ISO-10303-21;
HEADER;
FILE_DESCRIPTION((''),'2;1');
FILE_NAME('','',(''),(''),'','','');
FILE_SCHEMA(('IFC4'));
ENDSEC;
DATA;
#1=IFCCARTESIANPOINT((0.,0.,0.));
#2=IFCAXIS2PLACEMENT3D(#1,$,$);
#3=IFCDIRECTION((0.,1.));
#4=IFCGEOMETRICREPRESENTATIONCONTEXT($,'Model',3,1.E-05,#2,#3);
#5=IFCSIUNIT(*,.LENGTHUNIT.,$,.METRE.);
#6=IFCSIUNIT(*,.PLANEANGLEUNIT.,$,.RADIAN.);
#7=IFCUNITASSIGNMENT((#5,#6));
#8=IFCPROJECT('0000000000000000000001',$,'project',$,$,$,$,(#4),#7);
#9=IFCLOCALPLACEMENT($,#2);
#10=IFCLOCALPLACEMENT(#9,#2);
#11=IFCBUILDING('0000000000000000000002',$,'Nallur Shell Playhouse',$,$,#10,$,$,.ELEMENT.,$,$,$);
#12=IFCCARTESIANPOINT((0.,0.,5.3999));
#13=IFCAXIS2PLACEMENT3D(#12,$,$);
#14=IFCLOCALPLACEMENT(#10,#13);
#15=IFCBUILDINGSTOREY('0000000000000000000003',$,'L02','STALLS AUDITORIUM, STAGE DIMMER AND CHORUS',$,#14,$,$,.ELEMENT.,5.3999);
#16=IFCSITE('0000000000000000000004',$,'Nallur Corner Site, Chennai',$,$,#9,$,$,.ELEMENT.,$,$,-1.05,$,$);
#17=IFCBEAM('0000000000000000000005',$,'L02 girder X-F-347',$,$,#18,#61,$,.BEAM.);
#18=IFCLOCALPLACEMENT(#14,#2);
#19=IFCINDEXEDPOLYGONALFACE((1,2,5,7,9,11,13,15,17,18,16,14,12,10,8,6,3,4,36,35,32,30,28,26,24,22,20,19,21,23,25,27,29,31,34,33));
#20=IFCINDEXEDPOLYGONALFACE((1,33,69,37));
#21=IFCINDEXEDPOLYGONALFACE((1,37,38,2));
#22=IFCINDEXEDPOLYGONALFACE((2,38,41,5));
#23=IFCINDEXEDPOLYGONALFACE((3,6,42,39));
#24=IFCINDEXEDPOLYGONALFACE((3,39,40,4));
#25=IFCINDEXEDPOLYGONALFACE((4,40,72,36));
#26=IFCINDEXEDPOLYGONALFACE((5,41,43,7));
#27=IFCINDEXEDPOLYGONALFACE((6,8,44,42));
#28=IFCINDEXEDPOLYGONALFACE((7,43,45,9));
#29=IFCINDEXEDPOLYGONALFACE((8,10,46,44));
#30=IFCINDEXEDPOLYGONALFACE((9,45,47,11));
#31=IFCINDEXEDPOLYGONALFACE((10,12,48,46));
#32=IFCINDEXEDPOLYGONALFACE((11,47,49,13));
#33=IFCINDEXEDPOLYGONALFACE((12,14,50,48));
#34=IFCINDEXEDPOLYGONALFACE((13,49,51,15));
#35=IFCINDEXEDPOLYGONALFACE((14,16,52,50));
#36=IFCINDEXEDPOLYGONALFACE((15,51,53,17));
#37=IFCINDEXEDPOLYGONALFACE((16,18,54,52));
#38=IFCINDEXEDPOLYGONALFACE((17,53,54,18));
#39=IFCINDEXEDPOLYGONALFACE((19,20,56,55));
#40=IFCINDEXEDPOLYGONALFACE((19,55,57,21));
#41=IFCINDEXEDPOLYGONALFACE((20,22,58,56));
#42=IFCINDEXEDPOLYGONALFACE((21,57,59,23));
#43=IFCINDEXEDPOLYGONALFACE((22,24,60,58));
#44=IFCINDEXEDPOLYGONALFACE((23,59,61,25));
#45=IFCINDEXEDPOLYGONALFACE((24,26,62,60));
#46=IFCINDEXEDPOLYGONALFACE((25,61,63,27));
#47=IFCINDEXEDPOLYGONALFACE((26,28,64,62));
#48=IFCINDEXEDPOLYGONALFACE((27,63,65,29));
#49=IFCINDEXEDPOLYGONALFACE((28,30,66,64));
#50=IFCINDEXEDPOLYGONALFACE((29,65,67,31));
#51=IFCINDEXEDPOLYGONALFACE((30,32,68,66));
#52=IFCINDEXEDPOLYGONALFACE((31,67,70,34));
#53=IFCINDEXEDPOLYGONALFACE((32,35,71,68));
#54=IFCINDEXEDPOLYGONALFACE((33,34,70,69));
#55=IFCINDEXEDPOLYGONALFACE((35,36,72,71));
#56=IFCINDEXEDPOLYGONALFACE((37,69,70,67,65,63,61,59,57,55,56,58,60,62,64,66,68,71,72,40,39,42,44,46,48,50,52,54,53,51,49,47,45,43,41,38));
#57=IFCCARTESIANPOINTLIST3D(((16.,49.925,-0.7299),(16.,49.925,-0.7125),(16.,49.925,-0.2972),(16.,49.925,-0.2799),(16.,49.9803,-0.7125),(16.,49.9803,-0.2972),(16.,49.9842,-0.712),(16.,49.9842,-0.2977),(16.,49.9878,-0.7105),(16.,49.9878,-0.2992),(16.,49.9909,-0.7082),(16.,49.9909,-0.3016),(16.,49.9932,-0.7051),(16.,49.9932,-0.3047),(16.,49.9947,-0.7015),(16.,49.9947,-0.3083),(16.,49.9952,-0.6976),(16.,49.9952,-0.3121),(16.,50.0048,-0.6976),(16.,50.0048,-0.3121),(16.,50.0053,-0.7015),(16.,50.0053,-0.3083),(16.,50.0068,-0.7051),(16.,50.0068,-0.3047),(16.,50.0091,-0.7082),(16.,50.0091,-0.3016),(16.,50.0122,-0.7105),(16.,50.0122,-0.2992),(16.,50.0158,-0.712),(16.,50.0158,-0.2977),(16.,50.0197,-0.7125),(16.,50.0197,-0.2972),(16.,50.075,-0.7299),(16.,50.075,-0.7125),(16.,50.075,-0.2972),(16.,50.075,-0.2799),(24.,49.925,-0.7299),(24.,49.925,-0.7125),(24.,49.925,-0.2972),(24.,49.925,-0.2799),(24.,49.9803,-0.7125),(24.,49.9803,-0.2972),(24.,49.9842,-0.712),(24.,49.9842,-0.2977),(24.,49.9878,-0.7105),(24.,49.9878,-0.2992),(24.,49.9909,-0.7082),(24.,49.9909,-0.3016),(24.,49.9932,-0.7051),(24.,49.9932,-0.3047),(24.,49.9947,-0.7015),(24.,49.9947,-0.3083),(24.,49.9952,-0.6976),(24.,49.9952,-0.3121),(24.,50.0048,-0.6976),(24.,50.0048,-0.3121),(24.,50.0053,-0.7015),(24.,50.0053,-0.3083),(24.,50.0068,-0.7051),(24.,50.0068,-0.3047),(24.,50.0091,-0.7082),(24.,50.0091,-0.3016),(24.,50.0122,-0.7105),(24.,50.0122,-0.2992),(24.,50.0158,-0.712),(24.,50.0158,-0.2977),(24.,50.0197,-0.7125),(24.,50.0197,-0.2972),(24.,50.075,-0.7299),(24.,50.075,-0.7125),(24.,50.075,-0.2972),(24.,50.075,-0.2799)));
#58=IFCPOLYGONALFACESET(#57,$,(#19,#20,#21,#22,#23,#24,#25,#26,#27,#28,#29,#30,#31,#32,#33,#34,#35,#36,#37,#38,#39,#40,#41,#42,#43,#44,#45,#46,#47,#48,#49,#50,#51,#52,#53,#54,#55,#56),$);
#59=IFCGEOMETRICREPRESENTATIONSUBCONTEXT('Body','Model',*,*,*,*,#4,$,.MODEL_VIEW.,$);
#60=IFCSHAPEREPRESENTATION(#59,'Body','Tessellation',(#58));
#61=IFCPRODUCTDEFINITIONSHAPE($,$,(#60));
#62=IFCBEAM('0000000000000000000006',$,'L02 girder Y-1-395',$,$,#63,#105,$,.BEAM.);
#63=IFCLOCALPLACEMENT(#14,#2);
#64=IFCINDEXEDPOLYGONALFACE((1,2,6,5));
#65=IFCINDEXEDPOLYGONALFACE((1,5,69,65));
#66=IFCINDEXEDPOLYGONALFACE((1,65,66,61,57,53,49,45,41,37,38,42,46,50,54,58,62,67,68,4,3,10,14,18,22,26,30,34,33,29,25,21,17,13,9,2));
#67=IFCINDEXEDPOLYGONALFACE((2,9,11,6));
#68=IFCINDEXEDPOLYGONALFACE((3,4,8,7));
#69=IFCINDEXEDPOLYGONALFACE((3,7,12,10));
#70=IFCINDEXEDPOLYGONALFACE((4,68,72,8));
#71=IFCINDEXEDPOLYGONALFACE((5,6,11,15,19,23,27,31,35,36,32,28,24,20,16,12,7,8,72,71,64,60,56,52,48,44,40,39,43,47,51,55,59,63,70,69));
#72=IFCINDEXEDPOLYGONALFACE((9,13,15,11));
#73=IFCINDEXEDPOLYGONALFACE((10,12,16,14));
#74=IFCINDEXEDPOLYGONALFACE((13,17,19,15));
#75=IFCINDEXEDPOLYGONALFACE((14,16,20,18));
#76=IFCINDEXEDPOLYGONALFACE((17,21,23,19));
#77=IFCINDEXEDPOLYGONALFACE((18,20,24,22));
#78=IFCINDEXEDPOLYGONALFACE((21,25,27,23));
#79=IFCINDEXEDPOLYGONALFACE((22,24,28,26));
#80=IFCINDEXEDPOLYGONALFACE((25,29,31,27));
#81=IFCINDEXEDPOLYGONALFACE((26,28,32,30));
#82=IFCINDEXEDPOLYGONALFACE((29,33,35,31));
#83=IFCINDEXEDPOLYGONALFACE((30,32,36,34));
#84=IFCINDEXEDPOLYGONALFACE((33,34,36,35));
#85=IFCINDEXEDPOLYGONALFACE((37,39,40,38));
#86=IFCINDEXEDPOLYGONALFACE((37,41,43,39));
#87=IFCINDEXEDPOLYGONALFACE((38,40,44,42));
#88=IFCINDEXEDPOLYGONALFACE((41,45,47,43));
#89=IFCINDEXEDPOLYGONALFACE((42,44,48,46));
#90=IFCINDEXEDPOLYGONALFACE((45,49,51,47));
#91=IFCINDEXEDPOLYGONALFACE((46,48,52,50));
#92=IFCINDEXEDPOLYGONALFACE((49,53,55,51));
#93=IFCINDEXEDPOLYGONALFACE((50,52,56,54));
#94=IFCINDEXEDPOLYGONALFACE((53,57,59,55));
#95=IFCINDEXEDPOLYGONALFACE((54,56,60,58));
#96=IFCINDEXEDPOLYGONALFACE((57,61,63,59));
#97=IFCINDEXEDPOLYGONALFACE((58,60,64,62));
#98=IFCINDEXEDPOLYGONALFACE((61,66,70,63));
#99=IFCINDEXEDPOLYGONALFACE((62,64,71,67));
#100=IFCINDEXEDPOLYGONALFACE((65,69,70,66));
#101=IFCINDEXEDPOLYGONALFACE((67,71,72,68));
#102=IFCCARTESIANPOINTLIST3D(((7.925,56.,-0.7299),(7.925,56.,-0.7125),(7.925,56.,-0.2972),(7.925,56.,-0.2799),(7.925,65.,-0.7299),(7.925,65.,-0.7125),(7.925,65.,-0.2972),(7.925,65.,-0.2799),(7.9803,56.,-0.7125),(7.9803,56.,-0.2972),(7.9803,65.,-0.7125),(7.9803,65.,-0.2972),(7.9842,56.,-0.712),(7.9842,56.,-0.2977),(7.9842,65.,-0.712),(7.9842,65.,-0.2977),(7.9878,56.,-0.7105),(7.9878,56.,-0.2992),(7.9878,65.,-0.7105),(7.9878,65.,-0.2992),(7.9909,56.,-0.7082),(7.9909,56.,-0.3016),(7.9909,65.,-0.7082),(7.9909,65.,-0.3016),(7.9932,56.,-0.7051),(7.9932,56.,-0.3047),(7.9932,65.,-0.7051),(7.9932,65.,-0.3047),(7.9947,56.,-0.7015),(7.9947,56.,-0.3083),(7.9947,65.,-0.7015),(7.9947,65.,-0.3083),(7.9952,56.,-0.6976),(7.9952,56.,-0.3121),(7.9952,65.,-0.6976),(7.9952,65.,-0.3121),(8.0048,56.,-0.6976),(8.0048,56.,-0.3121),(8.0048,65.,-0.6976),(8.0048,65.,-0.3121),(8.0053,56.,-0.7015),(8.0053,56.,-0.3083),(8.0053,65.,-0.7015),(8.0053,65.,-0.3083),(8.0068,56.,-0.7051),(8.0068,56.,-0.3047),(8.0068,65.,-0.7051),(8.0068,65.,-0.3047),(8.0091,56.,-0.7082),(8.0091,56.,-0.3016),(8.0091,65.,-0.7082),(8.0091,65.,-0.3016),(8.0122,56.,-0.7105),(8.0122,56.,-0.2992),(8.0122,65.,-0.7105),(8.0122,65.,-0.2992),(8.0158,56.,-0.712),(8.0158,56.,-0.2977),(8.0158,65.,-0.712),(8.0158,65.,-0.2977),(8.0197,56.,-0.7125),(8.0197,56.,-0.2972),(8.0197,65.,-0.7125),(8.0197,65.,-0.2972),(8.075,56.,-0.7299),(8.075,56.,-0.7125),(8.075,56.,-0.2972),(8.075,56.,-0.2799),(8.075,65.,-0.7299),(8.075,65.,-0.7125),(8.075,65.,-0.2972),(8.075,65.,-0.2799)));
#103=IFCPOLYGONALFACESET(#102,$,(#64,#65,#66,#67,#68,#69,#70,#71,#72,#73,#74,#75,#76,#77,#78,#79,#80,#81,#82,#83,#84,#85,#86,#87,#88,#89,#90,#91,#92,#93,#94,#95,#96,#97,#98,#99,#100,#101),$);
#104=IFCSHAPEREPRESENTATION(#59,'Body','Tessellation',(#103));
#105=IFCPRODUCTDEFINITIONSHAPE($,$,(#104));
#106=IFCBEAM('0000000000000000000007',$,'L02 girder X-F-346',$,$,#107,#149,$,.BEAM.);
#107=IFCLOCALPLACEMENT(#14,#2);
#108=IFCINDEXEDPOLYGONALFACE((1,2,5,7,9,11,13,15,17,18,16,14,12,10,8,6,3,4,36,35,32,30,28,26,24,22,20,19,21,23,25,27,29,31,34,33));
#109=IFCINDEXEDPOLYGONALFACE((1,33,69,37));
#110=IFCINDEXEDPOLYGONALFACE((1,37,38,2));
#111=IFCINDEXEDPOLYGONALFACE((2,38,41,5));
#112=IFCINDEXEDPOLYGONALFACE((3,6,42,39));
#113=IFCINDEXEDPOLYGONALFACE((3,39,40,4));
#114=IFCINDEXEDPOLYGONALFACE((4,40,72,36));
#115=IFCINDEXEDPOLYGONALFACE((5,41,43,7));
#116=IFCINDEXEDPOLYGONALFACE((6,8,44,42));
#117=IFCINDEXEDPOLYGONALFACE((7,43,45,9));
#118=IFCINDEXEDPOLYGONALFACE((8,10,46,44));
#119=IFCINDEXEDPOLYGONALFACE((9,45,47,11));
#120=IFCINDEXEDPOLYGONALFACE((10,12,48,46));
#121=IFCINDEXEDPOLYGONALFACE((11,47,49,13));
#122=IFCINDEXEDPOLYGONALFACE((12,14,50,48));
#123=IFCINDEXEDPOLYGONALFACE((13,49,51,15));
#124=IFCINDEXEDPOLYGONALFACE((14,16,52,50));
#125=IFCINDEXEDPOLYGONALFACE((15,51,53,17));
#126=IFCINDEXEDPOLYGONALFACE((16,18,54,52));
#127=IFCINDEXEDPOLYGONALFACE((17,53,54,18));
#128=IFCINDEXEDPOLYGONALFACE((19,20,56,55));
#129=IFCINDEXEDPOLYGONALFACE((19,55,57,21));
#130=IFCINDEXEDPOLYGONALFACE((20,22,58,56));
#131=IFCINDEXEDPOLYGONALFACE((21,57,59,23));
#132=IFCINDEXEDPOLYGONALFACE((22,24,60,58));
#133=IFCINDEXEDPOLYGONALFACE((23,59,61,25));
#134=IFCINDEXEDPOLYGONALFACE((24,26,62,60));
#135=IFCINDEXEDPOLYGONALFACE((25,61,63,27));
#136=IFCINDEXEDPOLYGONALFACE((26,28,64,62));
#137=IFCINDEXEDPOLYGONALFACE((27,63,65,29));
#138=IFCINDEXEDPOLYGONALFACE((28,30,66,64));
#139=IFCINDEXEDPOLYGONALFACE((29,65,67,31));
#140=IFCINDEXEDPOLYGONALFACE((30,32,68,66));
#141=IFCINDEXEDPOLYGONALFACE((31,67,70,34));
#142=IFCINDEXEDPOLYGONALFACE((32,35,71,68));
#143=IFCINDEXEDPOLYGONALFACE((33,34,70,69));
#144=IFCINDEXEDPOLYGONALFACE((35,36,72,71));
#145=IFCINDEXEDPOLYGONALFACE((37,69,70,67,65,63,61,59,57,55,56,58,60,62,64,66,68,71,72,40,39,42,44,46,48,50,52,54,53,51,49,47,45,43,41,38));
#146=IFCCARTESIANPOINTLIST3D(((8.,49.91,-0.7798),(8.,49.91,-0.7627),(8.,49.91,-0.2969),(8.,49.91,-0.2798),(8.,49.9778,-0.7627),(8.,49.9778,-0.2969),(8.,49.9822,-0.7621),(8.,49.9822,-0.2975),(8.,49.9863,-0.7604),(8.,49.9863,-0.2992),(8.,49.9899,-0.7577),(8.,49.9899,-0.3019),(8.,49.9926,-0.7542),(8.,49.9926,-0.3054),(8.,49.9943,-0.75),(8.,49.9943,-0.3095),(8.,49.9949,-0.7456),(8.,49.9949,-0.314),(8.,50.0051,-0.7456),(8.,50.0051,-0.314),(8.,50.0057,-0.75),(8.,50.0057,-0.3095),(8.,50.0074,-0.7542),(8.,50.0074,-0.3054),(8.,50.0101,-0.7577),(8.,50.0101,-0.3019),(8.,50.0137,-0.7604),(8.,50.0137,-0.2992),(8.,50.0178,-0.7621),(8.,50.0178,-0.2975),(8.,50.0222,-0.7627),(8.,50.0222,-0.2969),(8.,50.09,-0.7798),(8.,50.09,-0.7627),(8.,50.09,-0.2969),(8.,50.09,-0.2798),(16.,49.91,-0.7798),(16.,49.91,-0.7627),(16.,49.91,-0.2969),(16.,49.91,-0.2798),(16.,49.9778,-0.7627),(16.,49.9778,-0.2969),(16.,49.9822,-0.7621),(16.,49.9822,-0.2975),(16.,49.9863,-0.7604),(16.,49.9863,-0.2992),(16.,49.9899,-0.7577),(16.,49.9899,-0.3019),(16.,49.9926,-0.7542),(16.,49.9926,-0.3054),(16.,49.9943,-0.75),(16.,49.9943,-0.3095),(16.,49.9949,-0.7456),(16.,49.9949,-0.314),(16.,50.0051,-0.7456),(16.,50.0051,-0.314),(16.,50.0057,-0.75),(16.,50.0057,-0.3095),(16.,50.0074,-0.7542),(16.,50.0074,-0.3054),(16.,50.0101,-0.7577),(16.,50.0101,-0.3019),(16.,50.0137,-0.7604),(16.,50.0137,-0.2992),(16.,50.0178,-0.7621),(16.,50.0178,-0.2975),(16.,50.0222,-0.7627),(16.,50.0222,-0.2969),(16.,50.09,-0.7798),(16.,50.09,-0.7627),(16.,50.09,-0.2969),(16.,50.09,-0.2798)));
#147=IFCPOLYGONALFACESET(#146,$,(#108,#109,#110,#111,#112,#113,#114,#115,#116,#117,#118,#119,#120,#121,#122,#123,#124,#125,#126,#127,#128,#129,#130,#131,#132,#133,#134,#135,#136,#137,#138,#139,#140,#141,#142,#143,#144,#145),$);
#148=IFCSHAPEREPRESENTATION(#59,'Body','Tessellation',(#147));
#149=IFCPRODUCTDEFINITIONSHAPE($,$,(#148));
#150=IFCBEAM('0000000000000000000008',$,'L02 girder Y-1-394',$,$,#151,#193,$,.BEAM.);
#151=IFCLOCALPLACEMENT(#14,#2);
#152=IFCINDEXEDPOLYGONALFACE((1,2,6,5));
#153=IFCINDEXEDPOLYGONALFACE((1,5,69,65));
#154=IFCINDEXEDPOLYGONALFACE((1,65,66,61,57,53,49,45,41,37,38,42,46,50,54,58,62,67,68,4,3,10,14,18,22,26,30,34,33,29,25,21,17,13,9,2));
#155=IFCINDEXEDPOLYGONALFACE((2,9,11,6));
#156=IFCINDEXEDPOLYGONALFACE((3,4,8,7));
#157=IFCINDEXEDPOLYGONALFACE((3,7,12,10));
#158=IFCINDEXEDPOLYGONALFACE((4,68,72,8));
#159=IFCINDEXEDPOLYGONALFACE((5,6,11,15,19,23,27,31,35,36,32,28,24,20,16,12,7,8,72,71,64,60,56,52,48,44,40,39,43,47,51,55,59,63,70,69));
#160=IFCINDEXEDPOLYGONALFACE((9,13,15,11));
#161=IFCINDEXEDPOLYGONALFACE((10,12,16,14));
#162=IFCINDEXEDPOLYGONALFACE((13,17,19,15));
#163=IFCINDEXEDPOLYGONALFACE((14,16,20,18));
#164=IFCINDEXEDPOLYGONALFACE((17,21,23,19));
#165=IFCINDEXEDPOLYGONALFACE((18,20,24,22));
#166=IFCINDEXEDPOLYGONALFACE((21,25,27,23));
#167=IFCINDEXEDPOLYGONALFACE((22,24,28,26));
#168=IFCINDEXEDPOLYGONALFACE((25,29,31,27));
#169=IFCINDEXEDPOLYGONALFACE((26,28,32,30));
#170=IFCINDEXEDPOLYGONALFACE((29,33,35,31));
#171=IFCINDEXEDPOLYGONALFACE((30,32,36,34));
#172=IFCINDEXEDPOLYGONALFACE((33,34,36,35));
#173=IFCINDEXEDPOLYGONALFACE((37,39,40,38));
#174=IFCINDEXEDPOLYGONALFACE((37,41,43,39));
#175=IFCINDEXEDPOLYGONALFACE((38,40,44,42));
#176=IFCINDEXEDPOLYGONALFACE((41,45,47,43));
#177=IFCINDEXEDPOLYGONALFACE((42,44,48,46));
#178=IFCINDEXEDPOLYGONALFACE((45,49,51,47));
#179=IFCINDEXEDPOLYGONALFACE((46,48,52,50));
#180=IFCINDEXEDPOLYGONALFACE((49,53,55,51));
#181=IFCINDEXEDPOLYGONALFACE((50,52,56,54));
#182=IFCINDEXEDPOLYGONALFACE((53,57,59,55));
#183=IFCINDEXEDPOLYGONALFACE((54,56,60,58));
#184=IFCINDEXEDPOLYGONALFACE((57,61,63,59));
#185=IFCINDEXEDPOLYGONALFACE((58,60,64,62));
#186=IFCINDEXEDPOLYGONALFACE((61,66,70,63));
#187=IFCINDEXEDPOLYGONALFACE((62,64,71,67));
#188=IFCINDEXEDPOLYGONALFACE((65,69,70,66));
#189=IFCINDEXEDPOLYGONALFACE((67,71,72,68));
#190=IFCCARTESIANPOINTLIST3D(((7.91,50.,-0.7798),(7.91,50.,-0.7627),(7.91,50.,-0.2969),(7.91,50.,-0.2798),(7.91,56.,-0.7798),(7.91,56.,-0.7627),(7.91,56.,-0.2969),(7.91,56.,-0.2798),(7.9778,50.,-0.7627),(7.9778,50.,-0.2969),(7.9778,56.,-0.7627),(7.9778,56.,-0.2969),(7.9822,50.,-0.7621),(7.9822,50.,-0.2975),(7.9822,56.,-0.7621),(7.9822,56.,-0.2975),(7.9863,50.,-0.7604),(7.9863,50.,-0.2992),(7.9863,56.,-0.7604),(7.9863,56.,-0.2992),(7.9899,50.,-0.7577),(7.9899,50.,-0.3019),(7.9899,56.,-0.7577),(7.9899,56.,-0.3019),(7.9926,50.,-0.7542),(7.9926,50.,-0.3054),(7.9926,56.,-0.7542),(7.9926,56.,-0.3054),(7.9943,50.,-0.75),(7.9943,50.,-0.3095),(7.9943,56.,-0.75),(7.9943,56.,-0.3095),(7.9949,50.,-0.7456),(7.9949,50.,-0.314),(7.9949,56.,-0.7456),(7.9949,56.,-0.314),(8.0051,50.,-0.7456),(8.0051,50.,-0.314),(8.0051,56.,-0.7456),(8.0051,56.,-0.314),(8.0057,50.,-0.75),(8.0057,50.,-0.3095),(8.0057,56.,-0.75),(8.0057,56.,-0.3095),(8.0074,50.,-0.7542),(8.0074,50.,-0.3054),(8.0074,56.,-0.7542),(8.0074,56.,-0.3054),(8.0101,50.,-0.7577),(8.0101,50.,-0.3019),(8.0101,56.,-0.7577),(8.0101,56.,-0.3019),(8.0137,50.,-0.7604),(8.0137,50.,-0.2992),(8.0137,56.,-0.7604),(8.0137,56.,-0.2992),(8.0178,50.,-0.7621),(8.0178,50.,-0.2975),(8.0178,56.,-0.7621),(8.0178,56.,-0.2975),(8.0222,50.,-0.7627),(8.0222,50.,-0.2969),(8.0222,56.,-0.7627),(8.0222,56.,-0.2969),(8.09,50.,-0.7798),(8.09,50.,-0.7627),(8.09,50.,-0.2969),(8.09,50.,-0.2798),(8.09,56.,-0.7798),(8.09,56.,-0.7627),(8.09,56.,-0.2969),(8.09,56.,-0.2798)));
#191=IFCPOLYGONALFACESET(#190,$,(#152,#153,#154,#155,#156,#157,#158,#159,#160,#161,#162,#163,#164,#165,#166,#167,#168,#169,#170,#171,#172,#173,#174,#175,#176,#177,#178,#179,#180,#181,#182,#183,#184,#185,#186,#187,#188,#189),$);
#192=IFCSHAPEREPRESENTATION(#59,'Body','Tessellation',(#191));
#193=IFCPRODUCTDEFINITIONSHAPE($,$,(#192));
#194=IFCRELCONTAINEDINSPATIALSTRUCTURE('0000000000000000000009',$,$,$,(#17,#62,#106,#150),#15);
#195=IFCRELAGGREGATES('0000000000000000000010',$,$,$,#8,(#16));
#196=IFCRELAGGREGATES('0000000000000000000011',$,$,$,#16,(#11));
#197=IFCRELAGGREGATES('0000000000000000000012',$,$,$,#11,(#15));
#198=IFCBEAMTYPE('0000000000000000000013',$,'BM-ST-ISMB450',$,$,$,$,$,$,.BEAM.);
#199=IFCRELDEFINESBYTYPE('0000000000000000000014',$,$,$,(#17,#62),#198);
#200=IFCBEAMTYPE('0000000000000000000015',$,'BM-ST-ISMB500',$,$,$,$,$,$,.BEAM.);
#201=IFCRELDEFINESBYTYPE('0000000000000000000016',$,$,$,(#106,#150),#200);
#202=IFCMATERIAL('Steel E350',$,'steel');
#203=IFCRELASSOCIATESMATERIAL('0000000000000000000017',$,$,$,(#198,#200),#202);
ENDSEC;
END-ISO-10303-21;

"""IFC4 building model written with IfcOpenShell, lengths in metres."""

from ifc_helpers import new_model, si_unit, direction, frame, origin, origin_2d, place, context, subcontext, project, spatial, i_section, extrude, material, material_profile, profile_set, type_object, element, save


model = new_model("IFC4")

# Units and contexts
model_context = context("Model", 3, precision=1e-05, world=origin(), true_north=direction((0.0, 1.0)))
body_context = subcontext(model_context, "Body", "Model", "MODEL_VIEW")
ifc_project = project(units=[si_unit("LENGTHUNIT", "METRE"), si_unit("PLANEANGLEUNIT", "RADIAN")], contexts=[model_context])

# Site, building, storey
site_placement = place(None, origin())
site = spatial("IfcSite", under=ifc_project, at=site_placement, Name="Nallur Corner Site, Chennai", CompositionType="ELEMENT", RefElevation=-1.05)
building_placement = place(site_placement, origin())
building = spatial("IfcBuilding", under=site, at=building_placement, Name="Nallur Shell Playhouse", CompositionType="ELEMENT")
storey_placement = place(building_placement, frame((0.0, 0.0, 5.3999)))
storey = spatial("IfcBuildingStorey", under=building, at=storey_placement, Name="L02", Description="STALLS AUDITORIUM, STAGE DIMMER AND CHORUS", CompositionType="ELEMENT", Elevation=5.3999)

# Beams
ifc_material_1 = material(Name="Steel E350", Category="steel")
ifc_material_profile_1 = material_profile(ifc_material_1, i_section(OverallWidth=0.1499, OverallDepth=0.45, WebThickness=0.0095, FlangeThickness=0.0173, FilletRadius=0.0149, at=origin_2d()), Name="ISMB 450")
ifc_profile_set_1 = profile_set([ifc_material_profile_1], Name="Steel E350")
beam_type_1 = type_object("IfcBeamType", Name="BM-ST-ISMB450", PredefinedType="BEAM", material=ifc_profile_set_1)
beam_1_placement = place(storey_placement, frame((16.0, 50.0, -0.5049), z_axis=(1.0, 0.0, 0.0), x_axis=(0.0, 1.0, 0.0)))
element("IfcBeam", 1, at=beam_1_placement, inside=storey, type_object=beam_type_1, Name="L02 girder X-F-347", PredefinedType="BEAM", context=body_context, shape_type="SweptSolid", body=[
    extrude(i_section(OverallWidth=0.1499, OverallDepth=0.45, WebThickness=0.0095, FlangeThickness=0.0173, FilletRadius=0.0149, at=origin_2d()), origin(), (0.0, 0.0, 1.0), 8.0),
])
beam_2_placement = place(storey_placement, frame((8.0, 56.0, -0.5049), z_axis=(0.0, 1.0, 0.0), x_axis=(-1.0, 0.0, 0.0)))
element("IfcBeam", 2, at=beam_2_placement, inside=storey, type_object=beam_type_1, Name="L02 girder Y-1-395", PredefinedType="BEAM", context=body_context, shape_type="SweptSolid", body=[
    extrude(i_section(OverallWidth=0.1499, OverallDepth=0.45, WebThickness=0.0095, FlangeThickness=0.0173, FilletRadius=0.0149, at=origin_2d()), origin(), (0.0, 0.0, 1.0), 9.0),
])
ifc_material_profile_2 = material_profile(ifc_material_1, i_section(OverallWidth=0.1799, OverallDepth=0.5, WebThickness=0.0103, FlangeThickness=0.0171, FilletRadius=0.0171, at=origin_2d()), Name="ISMB 500")
ifc_profile_set_2 = profile_set([ifc_material_profile_2], Name="Steel E350")
beam_type_2 = type_object("IfcBeamType", Name="BM-ST-ISMB500", PredefinedType="BEAM", material=ifc_profile_set_2)
beam_3_placement = place(storey_placement, frame((8.0, 50.0, -0.5298), z_axis=(1.0, 0.0, 0.0), x_axis=(0.0, 1.0, 0.0)))
element("IfcBeam", 3, at=beam_3_placement, inside=storey, type_object=beam_type_2, Name="L02 girder X-F-346", PredefinedType="BEAM", context=body_context, shape_type="SweptSolid", body=[
    extrude(i_section(OverallWidth=0.1799, OverallDepth=0.5, WebThickness=0.0103, FlangeThickness=0.0171, FilletRadius=0.0171, at=origin_2d()), origin(), (0.0, 0.0, 1.0), 8.0),
])
beam_4_placement = place(storey_placement, frame((8.0, 50.0, -0.5298), z_axis=(0.0, 1.0, 0.0), x_axis=(-1.0, 0.0, 0.0)))
element("IfcBeam", 4, at=beam_4_placement, inside=storey, type_object=beam_type_2, Name="L02 girder Y-1-394", PredefinedType="BEAM", context=body_context, shape_type="SweptSolid", body=[
    extrude(i_section(OverallWidth=0.1799, OverallDepth=0.5, WebThickness=0.0103, FlangeThickness=0.0171, FilletRadius=0.0171, at=origin_2d()), origin(), (0.0, 0.0, 1.0), 6.0),
])

save(model, "model.ifc")
